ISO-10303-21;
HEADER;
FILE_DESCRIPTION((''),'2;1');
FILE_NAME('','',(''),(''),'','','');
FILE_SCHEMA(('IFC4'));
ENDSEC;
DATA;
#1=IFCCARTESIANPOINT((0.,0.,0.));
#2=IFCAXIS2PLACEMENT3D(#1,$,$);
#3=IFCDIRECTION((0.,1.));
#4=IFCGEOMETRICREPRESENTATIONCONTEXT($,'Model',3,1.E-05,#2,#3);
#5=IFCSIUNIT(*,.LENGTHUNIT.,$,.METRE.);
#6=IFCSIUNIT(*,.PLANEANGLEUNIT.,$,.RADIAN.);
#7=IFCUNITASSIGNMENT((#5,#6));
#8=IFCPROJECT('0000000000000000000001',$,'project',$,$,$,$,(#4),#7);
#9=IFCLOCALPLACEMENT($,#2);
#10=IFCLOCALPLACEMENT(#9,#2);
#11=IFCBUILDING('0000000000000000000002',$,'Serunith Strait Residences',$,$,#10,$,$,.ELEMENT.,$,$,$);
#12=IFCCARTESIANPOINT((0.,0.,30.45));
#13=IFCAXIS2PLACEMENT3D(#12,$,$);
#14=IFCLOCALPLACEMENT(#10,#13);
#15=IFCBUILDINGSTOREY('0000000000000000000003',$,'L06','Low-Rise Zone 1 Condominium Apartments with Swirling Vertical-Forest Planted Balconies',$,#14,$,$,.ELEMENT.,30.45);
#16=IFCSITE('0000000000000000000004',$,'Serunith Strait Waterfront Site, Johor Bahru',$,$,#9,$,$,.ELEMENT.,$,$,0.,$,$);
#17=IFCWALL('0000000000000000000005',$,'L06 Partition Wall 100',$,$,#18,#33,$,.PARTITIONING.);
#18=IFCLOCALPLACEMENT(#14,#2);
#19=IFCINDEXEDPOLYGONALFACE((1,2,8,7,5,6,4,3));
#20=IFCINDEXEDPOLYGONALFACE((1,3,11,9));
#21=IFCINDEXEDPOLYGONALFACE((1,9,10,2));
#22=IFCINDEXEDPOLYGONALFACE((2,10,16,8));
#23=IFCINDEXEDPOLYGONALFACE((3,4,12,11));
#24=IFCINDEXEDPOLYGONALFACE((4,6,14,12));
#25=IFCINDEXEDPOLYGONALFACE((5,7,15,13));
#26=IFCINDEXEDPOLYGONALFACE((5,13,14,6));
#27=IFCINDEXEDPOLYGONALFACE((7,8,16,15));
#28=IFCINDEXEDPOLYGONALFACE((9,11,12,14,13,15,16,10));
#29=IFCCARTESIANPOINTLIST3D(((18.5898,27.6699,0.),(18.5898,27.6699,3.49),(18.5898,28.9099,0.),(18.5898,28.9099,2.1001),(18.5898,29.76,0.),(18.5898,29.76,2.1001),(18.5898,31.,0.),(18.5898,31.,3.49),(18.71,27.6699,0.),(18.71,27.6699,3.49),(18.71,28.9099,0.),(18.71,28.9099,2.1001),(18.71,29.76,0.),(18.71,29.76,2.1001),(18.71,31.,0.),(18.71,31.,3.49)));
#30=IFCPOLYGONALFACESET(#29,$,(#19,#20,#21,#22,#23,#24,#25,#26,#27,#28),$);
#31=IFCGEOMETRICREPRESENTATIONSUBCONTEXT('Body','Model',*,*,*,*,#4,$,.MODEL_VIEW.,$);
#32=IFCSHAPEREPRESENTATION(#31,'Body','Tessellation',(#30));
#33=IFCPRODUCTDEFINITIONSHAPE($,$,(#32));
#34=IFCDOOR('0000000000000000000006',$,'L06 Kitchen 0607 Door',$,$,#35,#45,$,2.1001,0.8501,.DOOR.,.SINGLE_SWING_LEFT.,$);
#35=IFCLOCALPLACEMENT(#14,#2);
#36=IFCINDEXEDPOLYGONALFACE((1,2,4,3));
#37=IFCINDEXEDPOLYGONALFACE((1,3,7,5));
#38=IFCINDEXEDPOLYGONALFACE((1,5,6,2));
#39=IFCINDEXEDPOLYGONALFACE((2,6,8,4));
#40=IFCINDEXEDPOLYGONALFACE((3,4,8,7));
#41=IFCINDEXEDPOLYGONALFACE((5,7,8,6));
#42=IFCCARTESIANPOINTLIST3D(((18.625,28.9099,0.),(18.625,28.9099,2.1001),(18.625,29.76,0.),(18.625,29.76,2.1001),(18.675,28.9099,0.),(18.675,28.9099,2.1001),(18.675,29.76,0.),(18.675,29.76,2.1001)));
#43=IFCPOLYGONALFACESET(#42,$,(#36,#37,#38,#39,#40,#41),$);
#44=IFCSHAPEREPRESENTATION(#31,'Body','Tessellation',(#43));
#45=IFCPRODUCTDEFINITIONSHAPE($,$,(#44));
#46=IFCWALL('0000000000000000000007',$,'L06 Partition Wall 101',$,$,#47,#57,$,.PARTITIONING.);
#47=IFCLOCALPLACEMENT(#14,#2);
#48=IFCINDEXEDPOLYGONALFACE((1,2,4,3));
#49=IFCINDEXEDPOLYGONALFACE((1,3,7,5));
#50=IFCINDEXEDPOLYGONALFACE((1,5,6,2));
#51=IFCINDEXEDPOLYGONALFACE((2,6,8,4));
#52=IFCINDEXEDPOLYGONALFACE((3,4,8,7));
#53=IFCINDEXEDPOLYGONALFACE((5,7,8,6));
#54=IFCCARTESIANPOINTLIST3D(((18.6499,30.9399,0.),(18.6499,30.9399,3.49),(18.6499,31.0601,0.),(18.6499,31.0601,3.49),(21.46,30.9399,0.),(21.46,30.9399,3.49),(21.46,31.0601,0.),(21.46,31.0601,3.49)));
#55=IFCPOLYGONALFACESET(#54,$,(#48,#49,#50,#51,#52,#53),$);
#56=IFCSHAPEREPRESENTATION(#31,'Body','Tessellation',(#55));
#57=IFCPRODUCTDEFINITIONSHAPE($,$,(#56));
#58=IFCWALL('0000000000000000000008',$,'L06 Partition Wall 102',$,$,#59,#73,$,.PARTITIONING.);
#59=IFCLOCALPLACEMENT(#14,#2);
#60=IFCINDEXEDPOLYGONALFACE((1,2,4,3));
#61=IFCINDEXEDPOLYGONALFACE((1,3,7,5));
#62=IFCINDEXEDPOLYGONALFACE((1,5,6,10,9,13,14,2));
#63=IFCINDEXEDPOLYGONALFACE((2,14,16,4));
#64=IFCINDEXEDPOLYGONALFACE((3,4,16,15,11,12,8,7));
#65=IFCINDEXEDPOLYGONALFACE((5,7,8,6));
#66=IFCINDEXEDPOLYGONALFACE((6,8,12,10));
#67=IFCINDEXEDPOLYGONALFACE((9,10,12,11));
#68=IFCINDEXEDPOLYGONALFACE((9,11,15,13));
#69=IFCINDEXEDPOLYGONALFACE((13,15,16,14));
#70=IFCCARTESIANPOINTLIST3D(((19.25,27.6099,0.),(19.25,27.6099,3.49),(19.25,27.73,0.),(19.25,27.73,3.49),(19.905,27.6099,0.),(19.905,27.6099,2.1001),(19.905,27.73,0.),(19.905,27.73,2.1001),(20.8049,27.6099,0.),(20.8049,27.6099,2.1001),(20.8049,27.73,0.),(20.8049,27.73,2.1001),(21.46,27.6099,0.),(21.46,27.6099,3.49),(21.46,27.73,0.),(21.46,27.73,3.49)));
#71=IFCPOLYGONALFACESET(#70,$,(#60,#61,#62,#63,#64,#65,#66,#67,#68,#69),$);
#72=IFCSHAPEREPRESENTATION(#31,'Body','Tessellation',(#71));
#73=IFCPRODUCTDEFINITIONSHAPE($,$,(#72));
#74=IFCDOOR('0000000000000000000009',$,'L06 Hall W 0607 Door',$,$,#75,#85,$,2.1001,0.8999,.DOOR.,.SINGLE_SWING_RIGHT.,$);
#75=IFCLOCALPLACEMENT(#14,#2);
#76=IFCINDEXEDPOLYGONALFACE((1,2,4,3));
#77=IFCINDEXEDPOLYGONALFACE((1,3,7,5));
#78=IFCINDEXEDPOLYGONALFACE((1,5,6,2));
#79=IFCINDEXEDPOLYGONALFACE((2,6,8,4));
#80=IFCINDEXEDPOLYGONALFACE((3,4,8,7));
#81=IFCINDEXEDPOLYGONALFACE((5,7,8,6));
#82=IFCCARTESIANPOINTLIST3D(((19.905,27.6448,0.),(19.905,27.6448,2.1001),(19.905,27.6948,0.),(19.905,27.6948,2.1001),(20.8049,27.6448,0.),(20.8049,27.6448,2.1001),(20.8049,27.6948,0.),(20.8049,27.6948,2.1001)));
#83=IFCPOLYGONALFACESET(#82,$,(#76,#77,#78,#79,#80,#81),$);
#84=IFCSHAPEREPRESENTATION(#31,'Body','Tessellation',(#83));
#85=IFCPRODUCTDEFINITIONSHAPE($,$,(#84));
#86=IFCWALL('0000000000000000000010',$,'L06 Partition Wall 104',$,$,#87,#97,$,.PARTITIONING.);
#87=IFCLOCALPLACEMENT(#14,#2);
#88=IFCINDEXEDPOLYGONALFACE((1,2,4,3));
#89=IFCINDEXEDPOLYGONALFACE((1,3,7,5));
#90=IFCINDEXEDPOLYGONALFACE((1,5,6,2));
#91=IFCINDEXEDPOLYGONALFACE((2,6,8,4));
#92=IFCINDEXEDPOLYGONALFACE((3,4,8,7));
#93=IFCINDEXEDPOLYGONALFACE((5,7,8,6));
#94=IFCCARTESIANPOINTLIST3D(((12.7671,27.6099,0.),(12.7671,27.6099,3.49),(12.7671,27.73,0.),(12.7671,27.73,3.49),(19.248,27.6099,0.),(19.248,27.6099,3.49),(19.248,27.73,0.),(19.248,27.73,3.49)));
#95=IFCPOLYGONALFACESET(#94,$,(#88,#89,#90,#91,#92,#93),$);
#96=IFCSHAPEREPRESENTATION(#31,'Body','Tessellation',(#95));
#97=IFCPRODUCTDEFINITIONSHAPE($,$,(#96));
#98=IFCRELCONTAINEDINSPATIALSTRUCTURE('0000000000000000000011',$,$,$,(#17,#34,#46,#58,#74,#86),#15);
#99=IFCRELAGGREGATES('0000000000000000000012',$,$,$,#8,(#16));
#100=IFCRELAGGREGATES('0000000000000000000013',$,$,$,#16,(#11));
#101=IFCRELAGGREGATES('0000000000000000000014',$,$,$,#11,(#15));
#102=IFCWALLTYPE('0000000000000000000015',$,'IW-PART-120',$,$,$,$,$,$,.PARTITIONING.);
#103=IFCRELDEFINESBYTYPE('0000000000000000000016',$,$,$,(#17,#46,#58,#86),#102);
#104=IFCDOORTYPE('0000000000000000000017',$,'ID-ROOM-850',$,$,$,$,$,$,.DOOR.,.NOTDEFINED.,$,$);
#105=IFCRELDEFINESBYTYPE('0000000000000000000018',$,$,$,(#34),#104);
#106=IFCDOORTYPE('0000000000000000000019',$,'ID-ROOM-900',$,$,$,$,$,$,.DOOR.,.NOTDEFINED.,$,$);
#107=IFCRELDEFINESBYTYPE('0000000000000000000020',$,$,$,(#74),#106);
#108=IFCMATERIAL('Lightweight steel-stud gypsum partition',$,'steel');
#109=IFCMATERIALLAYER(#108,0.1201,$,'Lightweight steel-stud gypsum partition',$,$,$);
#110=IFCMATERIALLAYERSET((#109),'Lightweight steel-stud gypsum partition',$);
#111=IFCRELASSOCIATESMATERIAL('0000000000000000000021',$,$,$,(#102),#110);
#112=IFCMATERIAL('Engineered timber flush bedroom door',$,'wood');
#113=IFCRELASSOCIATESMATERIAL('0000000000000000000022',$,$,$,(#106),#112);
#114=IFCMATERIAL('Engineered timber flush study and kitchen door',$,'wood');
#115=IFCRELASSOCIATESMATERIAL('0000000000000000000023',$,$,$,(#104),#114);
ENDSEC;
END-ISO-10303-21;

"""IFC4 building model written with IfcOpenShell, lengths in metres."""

from ifc_helpers import new_model, si_unit, direction, frame, frame_2d, origin, place, context, subcontext, project, spatial, rectangle, extrude, source, transform, mapped, material, layer, layer_set, type_object, element, fill, save


model = new_model("IFC4")

# Units and contexts
model_context = context("Model", 3, precision=1e-05, world=origin(), true_north=direction((0.0, 1.0)))
body_context = subcontext(model_context, "Body", "Model", "MODEL_VIEW")
ifc_project = project(units=[si_unit("LENGTHUNIT", "METRE"), si_unit("PLANEANGLEUNIT", "RADIAN")], contexts=[model_context])

# Site, building, storey
site_placement = place(None, origin())
site = spatial("IfcSite", under=ifc_project, at=site_placement, Name="Serunith Strait Waterfront Site, Johor Bahru", CompositionType="ELEMENT", RefElevation=0.0)
building_placement = place(site_placement, origin())
building = spatial("IfcBuilding", under=site, at=building_placement, Name="Serunith Strait Residences", CompositionType="ELEMENT")
storey_placement = place(building_placement, frame((0.0, 0.0, 30.45)))
storey = spatial("IfcBuildingStorey", under=building, at=storey_placement, Name="L06", Description="Low-Rise Zone 1 Condominium Apartments with Swirling Vertical-Forest Planted Balconies", CompositionType="ELEMENT", Elevation=30.45)

# Wall, opening, door
ifc_material_1 = material(Name="Lightweight steel-stud gypsum partition", Category="steel")
ifc_layer_1 = layer(ifc_material_1, 0.1201, Name="Lightweight steel-stud gypsum partition")
ifc_layer_set_1 = layer_set([ifc_layer_1], Name="Lightweight steel-stud gypsum partition")
wall_type_1 = type_object("IfcWallType", Name="IW-PART-120", PredefinedType="PARTITIONING", material=ifc_layer_set_1)
ifc_material_2 = material(Name="Engineered timber flush bedroom door", Category="wood")
door_type_1 = type_object("IfcDoorType", Name="ID-ROOM-900", OperationType="NOTDEFINED", PredefinedType="DOOR", material=ifc_material_2)
shared_shape_1 = source(origin(), body_context, "Body", "SweptSolid", [
    extrude(rectangle(XDim=0.8999, YDim=2.1001, at=frame_2d((0.45, 1.05))), frame((0.0, 0.0249, 0.0), z_axis=(0.0, -1.0, 0.0), x_axis=(1.0, 0.0, 0.0)), (0.0, 0.0, 1.0), 0.05),
])
shared_shape_2 = source(origin(), body_context, "Body", "SweptSolid", [
    extrude(rectangle(XDim=0.8501, YDim=2.1001, at=frame_2d((0.425, 1.05))), frame((0.0, 0.0249, 0.0), z_axis=(0.0, -1.0, 0.0), x_axis=(1.0, 0.0, 0.0)), (0.0, 0.0, 1.0), 0.05),
])
ifc_material_3 = material(Name="Engineered timber flush study and kitchen door", Category="wood")
door_type_2 = type_object("IfcDoorType", Name="ID-ROOM-850", OperationType="NOTDEFINED", PredefinedType="DOOR", material=ifc_material_3)
wall_1_placement = place(storey_placement, frame((18.6499, 27.6699, 0.0), z_axis=(0.0, 0.0, 1.0), x_axis=(0.0, 1.0, 0.0)))
wall_1 = element("IfcWall", 1, at=wall_1_placement, inside=storey, type_object=wall_type_1, Name="L06 Partition Wall 100", PredefinedType="PARTITIONING", context=body_context, shape_type="SweptSolid", body=[
    extrude(rectangle(XDim=3.3301, YDim=0.1201, at=frame_2d((1.665, 0.0))), origin(), (0.0, 0.0, 1.0), 3.49),
])
opening_1_placement = place(wall_1_placement, frame((1.24, 0.0, 0.0)))
opening_1 = element("IfcOpeningElement", 2, at=opening_1_placement, cuts=wall_1, PredefinedType="OPENING", context=body_context, shape_type="SweptSolid", body=[
    extrude(rectangle(XDim=0.8501, YDim=2.1001, at=frame_2d((0.425, 1.05))), frame((0.0, 0.0701, 0.0), z_axis=(0.0, -1.0, 0.0), x_axis=(1.0, 0.0, 0.0)), (0.0, 0.0, 1.0), 0.1401),
])
door_1_placement = place(opening_1_placement, origin())
door_1 = element("IfcDoor", 3, at=door_1_placement, inside=storey, type_object=door_type_2, Name="L06 Kitchen 0607 Door", OperationType="SINGLE_SWING_LEFT", OverallHeight=2.1001, OverallWidth=0.8501, PredefinedType="DOOR", context=body_context, shape_type="MappedRepresentation", body=[
    mapped(shared_shape_2, transform((0.0, 0.0, 0.0), scale=1.0)),
])
fill(opening_1, door_1)

# Wall
wall_2_placement = place(storey_placement, frame((18.6499, 31.0, 0.0), z_axis=(0.0, 0.0, 1.0), x_axis=(1.0, 0.0, 0.0)))
element("IfcWall", 4, at=wall_2_placement, inside=storey, type_object=wall_type_1, Name="L06 Partition Wall 101", PredefinedType="PARTITIONING", context=body_context, shape_type="SweptSolid", body=[
    extrude(rectangle(XDim=2.8101, YDim=0.1201, at=frame_2d((1.405, 0.0))), origin(), (0.0, 0.0, 1.0), 3.49),
])

# Wall, opening, door
wall_3_placement = place(storey_placement, frame((19.25, 27.6699, 0.0), z_axis=(0.0, 0.0, 1.0), x_axis=(1.0, 0.0, 0.0)))
wall_3 = element("IfcWall", 5, at=wall_3_placement, inside=storey, type_object=wall_type_1, Name="L06 Partition Wall 102", PredefinedType="PARTITIONING", context=body_context, shape_type="SweptSolid", body=[
    extrude(rectangle(XDim=2.21, YDim=0.1201, at=frame_2d((1.105, 0.0))), origin(), (0.0, 0.0, 1.0), 3.49),
])
opening_2_placement = place(wall_3_placement, frame((0.655, 0.0, 0.0)))
opening_2 = element("IfcOpeningElement", 6, at=opening_2_placement, cuts=wall_3, PredefinedType="OPENING", context=body_context, shape_type="SweptSolid", body=[
    extrude(rectangle(XDim=0.8999, YDim=2.1001, at=frame_2d((0.45, 1.05))), frame((0.0, 0.0701, 0.0), z_axis=(0.0, -1.0, 0.0), x_axis=(1.0, 0.0, 0.0)), (0.0, 0.0, 1.0), 0.1401),
])
door_2_placement = place(opening_2_placement, origin())
door_2 = element("IfcDoor", 7, at=door_2_placement, inside=storey, type_object=door_type_1, Name="L06 Hall W 0607 Door", OperationType="SINGLE_SWING_RIGHT", OverallHeight=2.1001, OverallWidth=0.8999, PredefinedType="DOOR", context=body_context, shape_type="MappedRepresentation", body=[
    mapped(shared_shape_1, transform((0.0, 0.0, 0.0), scale=1.0)),
])
fill(opening_2, door_2)

# Wall
wall_4_placement = place(storey_placement, frame((12.7671, 27.6699, 0.0), z_axis=(0.0, 0.0, 1.0), x_axis=(1.0, 0.0, 0.0)))
element("IfcWall", 8, at=wall_4_placement, inside=storey, type_object=wall_type_1, Name="L06 Partition Wall 104", PredefinedType="PARTITIONING", context=body_context, shape_type="SweptSolid", body=[
    extrude(rectangle(XDim=6.481, YDim=0.1201, at=frame_2d((3.2405, 0.0))), origin(), (0.0, 0.0, 1.0), 3.49),
])

save(model, "model.ifc")
